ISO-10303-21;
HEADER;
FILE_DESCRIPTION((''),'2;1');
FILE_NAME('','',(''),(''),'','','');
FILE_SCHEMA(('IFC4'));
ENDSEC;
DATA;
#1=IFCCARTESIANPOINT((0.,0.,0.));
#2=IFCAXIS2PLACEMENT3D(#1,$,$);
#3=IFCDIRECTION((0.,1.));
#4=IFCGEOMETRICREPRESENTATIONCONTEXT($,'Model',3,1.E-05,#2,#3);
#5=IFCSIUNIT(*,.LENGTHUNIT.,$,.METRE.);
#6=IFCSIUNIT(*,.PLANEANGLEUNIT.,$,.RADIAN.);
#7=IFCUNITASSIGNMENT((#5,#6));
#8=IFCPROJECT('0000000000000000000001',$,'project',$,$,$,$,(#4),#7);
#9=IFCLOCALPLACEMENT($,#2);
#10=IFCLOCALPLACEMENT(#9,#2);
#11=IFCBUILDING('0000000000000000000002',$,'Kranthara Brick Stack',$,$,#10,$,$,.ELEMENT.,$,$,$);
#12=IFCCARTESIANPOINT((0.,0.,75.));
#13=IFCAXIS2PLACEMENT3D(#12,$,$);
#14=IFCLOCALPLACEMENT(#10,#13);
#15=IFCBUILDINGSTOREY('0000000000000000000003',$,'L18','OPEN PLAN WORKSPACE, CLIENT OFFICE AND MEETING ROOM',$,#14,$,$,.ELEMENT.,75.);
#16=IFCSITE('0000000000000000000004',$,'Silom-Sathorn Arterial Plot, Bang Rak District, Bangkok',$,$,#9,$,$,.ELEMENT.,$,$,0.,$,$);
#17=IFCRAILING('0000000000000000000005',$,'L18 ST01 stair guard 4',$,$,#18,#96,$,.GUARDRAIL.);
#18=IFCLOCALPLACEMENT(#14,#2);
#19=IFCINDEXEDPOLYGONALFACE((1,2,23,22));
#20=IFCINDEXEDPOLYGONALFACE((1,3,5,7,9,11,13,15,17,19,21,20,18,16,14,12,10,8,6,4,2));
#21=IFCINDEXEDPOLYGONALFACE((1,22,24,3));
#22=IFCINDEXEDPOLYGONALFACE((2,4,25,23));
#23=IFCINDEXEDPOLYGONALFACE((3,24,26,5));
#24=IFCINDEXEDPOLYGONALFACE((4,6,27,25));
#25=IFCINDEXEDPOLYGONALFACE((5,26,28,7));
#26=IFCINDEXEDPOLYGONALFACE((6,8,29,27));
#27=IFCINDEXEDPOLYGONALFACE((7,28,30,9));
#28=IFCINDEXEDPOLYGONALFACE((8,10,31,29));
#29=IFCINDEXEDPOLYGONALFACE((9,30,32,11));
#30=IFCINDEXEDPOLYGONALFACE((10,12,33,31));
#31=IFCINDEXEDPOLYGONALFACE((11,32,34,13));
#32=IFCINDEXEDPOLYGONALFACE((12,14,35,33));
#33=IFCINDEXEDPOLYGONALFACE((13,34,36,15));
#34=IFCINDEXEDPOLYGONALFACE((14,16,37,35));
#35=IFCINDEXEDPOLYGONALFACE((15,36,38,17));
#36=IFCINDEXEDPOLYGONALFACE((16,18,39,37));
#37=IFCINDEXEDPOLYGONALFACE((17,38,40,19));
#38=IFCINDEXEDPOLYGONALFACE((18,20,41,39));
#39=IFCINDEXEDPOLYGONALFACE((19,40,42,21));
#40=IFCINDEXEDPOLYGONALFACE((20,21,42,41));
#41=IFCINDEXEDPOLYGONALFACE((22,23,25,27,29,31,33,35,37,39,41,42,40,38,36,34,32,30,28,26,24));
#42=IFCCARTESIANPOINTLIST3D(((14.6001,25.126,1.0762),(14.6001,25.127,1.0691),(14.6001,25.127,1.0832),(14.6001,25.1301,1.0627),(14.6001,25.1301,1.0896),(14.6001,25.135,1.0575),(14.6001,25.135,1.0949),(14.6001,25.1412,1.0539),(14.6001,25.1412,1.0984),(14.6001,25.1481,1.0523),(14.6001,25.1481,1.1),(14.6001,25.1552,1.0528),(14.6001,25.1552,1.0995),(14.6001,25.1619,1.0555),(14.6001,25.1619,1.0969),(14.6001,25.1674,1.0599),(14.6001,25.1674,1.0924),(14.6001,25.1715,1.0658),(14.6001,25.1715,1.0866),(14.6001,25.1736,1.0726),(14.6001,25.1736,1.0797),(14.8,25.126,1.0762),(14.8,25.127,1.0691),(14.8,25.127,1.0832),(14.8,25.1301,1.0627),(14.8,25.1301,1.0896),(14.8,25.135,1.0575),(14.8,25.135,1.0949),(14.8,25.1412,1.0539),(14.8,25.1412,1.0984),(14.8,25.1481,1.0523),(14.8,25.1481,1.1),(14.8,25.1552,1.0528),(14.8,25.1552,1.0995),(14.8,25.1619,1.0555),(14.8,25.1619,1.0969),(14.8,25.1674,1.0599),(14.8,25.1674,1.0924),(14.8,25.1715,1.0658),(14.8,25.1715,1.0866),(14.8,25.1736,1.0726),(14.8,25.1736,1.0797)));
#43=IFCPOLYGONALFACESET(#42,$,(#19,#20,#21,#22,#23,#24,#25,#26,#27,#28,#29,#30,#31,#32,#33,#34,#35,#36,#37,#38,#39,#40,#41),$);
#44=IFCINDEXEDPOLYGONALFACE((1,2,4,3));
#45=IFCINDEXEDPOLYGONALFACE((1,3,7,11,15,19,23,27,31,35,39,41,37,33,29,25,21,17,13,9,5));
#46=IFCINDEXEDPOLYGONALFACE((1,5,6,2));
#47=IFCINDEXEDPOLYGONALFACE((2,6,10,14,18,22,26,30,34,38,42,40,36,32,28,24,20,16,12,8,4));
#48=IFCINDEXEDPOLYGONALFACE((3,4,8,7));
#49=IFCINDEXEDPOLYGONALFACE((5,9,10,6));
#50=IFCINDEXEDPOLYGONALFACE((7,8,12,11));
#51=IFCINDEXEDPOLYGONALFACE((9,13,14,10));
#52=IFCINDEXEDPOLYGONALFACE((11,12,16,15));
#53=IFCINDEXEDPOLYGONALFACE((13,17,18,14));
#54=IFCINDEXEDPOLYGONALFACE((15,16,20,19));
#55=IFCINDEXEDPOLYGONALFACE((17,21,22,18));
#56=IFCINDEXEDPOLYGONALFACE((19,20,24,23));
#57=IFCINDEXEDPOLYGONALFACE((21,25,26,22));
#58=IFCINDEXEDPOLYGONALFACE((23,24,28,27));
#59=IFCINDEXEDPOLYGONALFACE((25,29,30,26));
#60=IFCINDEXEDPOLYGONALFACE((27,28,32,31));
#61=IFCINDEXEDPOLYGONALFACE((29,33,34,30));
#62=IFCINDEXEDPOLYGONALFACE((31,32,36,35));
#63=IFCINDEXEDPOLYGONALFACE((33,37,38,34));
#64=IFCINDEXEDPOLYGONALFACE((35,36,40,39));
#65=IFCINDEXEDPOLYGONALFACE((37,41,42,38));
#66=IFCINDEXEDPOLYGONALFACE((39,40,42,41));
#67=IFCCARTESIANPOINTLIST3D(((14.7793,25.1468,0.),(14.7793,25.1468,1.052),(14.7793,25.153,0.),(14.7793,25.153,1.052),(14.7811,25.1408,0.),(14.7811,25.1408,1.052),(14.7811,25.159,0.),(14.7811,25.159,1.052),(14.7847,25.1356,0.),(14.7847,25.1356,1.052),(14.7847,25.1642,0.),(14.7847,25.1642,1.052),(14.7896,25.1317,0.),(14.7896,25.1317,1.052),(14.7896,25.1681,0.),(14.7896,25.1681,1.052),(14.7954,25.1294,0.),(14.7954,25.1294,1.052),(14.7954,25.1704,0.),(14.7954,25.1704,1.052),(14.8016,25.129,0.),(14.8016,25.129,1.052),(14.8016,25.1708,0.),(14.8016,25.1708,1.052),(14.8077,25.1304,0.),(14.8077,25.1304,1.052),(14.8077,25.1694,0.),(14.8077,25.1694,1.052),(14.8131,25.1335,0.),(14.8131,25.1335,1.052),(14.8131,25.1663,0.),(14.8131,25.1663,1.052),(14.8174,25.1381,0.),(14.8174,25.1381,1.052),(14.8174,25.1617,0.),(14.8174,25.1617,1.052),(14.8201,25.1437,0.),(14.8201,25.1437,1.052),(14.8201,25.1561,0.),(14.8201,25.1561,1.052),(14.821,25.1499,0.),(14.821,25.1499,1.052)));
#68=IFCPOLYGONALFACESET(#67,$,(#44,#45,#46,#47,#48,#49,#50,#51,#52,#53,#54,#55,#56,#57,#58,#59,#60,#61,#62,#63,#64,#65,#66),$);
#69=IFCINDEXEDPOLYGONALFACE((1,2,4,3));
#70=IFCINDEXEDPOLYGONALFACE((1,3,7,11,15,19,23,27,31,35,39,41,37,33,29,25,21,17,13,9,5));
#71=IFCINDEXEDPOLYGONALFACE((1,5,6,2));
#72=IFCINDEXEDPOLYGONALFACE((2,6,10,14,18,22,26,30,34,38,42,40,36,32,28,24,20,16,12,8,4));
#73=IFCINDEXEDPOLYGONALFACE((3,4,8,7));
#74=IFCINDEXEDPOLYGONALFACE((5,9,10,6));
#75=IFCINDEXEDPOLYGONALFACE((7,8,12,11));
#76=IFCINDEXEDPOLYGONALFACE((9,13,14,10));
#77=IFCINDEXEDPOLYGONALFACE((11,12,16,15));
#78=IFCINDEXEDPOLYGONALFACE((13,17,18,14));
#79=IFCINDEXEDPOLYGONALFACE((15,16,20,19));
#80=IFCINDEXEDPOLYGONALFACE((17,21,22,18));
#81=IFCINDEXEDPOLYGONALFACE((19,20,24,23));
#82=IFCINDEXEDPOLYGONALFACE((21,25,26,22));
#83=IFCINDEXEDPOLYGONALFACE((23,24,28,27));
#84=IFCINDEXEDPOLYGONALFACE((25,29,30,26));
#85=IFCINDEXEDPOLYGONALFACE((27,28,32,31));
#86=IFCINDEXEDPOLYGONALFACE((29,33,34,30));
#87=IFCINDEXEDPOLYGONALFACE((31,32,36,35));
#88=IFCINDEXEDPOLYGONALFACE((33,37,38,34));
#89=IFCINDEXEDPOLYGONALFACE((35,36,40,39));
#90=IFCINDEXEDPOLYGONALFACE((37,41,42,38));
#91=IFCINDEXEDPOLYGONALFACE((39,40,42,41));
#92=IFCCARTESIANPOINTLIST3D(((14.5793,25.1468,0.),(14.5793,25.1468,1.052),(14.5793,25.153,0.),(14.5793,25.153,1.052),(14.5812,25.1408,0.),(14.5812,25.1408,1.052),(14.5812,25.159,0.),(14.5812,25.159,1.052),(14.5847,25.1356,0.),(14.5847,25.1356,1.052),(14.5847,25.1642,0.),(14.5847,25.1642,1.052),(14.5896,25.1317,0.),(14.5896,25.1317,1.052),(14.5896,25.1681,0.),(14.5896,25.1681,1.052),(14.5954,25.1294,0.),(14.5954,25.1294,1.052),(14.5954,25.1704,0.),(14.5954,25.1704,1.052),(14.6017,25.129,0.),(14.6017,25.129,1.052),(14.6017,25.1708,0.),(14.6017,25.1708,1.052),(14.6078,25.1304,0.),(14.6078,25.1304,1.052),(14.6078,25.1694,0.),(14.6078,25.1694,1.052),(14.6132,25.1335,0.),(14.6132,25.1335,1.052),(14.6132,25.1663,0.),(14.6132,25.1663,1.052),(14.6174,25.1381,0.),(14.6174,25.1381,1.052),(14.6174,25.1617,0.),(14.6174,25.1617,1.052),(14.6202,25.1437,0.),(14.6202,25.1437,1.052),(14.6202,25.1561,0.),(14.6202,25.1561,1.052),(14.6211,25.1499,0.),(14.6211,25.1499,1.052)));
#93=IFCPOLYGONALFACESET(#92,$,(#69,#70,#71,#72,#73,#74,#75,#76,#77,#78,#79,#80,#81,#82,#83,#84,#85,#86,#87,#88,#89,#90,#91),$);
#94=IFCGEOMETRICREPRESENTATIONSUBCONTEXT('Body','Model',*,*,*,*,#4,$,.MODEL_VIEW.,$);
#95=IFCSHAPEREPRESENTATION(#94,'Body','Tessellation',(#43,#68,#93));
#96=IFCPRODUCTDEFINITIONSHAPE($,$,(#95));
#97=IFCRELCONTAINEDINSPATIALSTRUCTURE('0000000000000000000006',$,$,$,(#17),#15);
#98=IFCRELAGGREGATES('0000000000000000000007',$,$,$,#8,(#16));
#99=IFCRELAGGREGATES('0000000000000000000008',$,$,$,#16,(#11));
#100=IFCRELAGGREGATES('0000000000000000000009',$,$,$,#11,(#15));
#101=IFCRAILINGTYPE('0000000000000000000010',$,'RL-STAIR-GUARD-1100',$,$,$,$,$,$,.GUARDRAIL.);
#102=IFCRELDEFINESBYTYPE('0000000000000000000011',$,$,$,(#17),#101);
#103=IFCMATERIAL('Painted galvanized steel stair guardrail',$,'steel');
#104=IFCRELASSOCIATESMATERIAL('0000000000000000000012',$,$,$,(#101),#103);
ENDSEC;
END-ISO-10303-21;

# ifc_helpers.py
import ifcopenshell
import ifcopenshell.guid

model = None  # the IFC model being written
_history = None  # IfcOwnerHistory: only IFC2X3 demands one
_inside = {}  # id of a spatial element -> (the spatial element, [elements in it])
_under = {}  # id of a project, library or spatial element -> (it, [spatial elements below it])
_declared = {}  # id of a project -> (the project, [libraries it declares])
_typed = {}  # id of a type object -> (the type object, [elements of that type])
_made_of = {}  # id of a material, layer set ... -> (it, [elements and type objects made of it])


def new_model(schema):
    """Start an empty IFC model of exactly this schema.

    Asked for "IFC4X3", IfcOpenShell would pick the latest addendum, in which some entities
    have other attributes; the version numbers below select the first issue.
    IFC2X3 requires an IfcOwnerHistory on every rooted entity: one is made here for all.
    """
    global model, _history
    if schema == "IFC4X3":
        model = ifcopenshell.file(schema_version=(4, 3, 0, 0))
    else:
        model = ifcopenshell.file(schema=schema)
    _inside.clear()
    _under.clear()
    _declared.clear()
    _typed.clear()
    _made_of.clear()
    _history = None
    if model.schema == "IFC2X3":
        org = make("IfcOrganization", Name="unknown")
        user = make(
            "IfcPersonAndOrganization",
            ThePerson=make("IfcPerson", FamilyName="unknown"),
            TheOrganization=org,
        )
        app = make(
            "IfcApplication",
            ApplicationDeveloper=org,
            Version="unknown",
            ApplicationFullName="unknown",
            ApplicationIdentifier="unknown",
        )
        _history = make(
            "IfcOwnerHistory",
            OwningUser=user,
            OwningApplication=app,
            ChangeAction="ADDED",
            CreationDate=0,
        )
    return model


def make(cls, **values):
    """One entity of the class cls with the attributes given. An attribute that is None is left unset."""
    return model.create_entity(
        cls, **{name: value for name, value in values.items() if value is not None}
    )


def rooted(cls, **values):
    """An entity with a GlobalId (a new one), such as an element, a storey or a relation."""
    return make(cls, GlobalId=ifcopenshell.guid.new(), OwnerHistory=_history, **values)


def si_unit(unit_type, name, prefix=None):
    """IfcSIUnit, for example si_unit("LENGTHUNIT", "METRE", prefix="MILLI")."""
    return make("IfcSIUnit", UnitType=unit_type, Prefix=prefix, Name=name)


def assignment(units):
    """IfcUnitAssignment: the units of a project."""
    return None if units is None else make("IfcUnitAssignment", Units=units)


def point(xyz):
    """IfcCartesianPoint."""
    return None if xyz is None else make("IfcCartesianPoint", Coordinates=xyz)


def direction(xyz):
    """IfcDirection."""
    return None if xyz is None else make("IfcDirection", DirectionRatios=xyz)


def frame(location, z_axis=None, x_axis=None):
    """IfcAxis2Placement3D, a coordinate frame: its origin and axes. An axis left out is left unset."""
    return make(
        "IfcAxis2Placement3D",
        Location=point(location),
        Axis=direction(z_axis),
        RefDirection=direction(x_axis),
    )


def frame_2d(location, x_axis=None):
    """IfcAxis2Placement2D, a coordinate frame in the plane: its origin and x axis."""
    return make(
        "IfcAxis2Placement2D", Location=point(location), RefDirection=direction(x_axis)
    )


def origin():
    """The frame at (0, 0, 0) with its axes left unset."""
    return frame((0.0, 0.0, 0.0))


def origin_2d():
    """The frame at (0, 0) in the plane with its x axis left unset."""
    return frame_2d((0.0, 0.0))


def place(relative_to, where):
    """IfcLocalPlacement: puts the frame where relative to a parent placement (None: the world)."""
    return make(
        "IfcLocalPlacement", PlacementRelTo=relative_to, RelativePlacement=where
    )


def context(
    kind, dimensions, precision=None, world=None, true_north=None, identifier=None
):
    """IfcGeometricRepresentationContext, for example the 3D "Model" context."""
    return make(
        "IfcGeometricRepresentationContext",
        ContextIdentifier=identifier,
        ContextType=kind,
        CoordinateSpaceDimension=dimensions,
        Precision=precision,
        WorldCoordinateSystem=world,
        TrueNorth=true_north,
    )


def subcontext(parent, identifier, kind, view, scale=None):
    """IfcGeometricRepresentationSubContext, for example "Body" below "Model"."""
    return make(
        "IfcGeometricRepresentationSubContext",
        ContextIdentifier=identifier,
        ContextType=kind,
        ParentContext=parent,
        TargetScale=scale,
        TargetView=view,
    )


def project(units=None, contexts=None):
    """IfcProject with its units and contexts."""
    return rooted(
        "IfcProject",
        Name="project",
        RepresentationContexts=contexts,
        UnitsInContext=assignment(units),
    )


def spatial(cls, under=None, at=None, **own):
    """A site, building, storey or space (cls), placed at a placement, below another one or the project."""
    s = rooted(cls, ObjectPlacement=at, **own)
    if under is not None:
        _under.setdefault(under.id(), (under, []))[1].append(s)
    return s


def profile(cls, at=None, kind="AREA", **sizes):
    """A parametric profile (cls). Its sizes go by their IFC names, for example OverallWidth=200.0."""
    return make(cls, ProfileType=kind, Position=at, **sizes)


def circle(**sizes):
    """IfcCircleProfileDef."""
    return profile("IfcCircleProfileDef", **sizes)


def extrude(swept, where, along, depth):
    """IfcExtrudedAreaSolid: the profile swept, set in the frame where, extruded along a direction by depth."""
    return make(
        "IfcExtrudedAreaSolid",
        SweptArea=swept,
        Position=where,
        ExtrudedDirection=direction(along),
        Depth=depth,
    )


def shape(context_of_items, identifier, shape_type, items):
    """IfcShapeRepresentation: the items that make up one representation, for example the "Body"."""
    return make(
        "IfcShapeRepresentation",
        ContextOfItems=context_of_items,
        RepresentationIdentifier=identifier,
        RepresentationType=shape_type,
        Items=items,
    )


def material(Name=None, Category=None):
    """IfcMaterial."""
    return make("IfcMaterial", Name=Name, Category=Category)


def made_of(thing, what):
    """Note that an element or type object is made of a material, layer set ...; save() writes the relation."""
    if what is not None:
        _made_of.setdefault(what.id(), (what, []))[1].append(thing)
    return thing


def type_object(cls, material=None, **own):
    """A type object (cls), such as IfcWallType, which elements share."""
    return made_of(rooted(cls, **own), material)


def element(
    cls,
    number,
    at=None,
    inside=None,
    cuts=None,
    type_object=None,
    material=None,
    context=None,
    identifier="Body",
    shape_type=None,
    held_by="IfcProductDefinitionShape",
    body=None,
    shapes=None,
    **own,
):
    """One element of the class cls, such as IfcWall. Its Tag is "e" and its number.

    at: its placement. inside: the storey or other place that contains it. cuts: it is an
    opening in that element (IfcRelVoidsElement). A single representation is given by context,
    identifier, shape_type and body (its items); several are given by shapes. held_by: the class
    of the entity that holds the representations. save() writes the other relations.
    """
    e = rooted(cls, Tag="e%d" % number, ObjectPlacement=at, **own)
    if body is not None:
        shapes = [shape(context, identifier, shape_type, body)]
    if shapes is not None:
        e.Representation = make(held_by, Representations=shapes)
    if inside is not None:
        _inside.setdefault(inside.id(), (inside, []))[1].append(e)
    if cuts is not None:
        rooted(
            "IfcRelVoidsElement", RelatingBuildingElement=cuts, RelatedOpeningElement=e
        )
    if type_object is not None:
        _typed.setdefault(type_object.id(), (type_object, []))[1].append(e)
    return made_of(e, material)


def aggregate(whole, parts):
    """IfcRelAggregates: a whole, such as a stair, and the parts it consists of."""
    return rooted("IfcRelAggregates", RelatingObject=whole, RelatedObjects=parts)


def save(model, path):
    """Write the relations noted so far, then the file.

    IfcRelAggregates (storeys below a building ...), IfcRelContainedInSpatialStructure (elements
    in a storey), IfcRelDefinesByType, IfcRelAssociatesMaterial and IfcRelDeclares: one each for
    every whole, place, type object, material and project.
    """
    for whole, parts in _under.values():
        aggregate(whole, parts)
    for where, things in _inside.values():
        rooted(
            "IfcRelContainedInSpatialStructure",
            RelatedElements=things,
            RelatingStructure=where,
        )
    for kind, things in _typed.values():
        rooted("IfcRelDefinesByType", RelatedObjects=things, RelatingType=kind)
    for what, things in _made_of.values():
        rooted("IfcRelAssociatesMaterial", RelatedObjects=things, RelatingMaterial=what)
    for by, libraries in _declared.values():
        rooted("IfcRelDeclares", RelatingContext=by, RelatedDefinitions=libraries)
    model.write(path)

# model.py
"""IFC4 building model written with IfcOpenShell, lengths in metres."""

from ifc_helpers import new_model, si_unit, direction, frame, origin, origin_2d, place, context, subcontext, project, spatial, circle, extrude, material, type_object, element, save


model = new_model("IFC4")

# Units and contexts
model_context = context("Model", 3, precision=1e-05, world=origin(), true_north=direction((0.0, 1.0)))
body_context = subcontext(model_context, "Body", "Model", "MODEL_VIEW")
ifc_project = project(units=[si_unit("LENGTHUNIT", "METRE"), si_unit("PLANEANGLEUNIT", "RADIAN")], contexts=[model_context])

# Site, building, storey
site_placement = place(None, origin())
site = spatial("IfcSite", under=ifc_project, at=site_placement, Name="Silom-Sathorn Arterial Plot, Bang Rak District, Bangkok", CompositionType="ELEMENT", RefElevation=0.0)
building_placement = place(site_placement, origin())
building = spatial("IfcBuilding", under=site, at=building_placement, Name="Kranthara Brick Stack", CompositionType="ELEMENT")
storey_placement = place(building_placement, frame((0.0, 0.0, 75.0)))
storey = spatial("IfcBuildingStorey", under=building, at=storey_placement, Name="L18", Description="OPEN PLAN WORKSPACE, CLIENT OFFICE AND MEETING ROOM", CompositionType="ELEMENT", Elevation=75.0)

# Railing
ifc_material_1 = material(Name="Painted galvanized steel stair guardrail", Category="steel")
railing_type_1 = type_object("IfcRailingType", Name="RL-STAIR-GUARD-1100", PredefinedType="GUARDRAIL", material=ifc_material_1)
railing_1_placement = place(storey_placement, frame((14.8, 25.1499, 0.0)))
element("IfcRailing", 1, at=railing_1_placement, inside=storey, type_object=railing_type_1, Name="L18 ST01 stair guard 4", PredefinedType="GUARDRAIL", context=body_context, shape_type="SweptSolid", body=[
    extrude(circle(Radius=0.0239, at=origin_2d()), frame((0.0, 0.0, 1.0762), z_axis=(-1.0, 0.0, 0.0), x_axis=(0.0, -1.0, 0.0)), (0.0, 0.0, 1.0), 0.2),
    extrude(circle(Radius=0.021, at=origin_2d()), origin(), (0.0, 0.0, 1.0), 1.052),
    extrude(circle(Radius=0.021, at=origin_2d()), frame((-0.2, 0.0, 0.0)), (0.0, 0.0, 1.0), 1.052),
])

save(model, "model.ifc")
